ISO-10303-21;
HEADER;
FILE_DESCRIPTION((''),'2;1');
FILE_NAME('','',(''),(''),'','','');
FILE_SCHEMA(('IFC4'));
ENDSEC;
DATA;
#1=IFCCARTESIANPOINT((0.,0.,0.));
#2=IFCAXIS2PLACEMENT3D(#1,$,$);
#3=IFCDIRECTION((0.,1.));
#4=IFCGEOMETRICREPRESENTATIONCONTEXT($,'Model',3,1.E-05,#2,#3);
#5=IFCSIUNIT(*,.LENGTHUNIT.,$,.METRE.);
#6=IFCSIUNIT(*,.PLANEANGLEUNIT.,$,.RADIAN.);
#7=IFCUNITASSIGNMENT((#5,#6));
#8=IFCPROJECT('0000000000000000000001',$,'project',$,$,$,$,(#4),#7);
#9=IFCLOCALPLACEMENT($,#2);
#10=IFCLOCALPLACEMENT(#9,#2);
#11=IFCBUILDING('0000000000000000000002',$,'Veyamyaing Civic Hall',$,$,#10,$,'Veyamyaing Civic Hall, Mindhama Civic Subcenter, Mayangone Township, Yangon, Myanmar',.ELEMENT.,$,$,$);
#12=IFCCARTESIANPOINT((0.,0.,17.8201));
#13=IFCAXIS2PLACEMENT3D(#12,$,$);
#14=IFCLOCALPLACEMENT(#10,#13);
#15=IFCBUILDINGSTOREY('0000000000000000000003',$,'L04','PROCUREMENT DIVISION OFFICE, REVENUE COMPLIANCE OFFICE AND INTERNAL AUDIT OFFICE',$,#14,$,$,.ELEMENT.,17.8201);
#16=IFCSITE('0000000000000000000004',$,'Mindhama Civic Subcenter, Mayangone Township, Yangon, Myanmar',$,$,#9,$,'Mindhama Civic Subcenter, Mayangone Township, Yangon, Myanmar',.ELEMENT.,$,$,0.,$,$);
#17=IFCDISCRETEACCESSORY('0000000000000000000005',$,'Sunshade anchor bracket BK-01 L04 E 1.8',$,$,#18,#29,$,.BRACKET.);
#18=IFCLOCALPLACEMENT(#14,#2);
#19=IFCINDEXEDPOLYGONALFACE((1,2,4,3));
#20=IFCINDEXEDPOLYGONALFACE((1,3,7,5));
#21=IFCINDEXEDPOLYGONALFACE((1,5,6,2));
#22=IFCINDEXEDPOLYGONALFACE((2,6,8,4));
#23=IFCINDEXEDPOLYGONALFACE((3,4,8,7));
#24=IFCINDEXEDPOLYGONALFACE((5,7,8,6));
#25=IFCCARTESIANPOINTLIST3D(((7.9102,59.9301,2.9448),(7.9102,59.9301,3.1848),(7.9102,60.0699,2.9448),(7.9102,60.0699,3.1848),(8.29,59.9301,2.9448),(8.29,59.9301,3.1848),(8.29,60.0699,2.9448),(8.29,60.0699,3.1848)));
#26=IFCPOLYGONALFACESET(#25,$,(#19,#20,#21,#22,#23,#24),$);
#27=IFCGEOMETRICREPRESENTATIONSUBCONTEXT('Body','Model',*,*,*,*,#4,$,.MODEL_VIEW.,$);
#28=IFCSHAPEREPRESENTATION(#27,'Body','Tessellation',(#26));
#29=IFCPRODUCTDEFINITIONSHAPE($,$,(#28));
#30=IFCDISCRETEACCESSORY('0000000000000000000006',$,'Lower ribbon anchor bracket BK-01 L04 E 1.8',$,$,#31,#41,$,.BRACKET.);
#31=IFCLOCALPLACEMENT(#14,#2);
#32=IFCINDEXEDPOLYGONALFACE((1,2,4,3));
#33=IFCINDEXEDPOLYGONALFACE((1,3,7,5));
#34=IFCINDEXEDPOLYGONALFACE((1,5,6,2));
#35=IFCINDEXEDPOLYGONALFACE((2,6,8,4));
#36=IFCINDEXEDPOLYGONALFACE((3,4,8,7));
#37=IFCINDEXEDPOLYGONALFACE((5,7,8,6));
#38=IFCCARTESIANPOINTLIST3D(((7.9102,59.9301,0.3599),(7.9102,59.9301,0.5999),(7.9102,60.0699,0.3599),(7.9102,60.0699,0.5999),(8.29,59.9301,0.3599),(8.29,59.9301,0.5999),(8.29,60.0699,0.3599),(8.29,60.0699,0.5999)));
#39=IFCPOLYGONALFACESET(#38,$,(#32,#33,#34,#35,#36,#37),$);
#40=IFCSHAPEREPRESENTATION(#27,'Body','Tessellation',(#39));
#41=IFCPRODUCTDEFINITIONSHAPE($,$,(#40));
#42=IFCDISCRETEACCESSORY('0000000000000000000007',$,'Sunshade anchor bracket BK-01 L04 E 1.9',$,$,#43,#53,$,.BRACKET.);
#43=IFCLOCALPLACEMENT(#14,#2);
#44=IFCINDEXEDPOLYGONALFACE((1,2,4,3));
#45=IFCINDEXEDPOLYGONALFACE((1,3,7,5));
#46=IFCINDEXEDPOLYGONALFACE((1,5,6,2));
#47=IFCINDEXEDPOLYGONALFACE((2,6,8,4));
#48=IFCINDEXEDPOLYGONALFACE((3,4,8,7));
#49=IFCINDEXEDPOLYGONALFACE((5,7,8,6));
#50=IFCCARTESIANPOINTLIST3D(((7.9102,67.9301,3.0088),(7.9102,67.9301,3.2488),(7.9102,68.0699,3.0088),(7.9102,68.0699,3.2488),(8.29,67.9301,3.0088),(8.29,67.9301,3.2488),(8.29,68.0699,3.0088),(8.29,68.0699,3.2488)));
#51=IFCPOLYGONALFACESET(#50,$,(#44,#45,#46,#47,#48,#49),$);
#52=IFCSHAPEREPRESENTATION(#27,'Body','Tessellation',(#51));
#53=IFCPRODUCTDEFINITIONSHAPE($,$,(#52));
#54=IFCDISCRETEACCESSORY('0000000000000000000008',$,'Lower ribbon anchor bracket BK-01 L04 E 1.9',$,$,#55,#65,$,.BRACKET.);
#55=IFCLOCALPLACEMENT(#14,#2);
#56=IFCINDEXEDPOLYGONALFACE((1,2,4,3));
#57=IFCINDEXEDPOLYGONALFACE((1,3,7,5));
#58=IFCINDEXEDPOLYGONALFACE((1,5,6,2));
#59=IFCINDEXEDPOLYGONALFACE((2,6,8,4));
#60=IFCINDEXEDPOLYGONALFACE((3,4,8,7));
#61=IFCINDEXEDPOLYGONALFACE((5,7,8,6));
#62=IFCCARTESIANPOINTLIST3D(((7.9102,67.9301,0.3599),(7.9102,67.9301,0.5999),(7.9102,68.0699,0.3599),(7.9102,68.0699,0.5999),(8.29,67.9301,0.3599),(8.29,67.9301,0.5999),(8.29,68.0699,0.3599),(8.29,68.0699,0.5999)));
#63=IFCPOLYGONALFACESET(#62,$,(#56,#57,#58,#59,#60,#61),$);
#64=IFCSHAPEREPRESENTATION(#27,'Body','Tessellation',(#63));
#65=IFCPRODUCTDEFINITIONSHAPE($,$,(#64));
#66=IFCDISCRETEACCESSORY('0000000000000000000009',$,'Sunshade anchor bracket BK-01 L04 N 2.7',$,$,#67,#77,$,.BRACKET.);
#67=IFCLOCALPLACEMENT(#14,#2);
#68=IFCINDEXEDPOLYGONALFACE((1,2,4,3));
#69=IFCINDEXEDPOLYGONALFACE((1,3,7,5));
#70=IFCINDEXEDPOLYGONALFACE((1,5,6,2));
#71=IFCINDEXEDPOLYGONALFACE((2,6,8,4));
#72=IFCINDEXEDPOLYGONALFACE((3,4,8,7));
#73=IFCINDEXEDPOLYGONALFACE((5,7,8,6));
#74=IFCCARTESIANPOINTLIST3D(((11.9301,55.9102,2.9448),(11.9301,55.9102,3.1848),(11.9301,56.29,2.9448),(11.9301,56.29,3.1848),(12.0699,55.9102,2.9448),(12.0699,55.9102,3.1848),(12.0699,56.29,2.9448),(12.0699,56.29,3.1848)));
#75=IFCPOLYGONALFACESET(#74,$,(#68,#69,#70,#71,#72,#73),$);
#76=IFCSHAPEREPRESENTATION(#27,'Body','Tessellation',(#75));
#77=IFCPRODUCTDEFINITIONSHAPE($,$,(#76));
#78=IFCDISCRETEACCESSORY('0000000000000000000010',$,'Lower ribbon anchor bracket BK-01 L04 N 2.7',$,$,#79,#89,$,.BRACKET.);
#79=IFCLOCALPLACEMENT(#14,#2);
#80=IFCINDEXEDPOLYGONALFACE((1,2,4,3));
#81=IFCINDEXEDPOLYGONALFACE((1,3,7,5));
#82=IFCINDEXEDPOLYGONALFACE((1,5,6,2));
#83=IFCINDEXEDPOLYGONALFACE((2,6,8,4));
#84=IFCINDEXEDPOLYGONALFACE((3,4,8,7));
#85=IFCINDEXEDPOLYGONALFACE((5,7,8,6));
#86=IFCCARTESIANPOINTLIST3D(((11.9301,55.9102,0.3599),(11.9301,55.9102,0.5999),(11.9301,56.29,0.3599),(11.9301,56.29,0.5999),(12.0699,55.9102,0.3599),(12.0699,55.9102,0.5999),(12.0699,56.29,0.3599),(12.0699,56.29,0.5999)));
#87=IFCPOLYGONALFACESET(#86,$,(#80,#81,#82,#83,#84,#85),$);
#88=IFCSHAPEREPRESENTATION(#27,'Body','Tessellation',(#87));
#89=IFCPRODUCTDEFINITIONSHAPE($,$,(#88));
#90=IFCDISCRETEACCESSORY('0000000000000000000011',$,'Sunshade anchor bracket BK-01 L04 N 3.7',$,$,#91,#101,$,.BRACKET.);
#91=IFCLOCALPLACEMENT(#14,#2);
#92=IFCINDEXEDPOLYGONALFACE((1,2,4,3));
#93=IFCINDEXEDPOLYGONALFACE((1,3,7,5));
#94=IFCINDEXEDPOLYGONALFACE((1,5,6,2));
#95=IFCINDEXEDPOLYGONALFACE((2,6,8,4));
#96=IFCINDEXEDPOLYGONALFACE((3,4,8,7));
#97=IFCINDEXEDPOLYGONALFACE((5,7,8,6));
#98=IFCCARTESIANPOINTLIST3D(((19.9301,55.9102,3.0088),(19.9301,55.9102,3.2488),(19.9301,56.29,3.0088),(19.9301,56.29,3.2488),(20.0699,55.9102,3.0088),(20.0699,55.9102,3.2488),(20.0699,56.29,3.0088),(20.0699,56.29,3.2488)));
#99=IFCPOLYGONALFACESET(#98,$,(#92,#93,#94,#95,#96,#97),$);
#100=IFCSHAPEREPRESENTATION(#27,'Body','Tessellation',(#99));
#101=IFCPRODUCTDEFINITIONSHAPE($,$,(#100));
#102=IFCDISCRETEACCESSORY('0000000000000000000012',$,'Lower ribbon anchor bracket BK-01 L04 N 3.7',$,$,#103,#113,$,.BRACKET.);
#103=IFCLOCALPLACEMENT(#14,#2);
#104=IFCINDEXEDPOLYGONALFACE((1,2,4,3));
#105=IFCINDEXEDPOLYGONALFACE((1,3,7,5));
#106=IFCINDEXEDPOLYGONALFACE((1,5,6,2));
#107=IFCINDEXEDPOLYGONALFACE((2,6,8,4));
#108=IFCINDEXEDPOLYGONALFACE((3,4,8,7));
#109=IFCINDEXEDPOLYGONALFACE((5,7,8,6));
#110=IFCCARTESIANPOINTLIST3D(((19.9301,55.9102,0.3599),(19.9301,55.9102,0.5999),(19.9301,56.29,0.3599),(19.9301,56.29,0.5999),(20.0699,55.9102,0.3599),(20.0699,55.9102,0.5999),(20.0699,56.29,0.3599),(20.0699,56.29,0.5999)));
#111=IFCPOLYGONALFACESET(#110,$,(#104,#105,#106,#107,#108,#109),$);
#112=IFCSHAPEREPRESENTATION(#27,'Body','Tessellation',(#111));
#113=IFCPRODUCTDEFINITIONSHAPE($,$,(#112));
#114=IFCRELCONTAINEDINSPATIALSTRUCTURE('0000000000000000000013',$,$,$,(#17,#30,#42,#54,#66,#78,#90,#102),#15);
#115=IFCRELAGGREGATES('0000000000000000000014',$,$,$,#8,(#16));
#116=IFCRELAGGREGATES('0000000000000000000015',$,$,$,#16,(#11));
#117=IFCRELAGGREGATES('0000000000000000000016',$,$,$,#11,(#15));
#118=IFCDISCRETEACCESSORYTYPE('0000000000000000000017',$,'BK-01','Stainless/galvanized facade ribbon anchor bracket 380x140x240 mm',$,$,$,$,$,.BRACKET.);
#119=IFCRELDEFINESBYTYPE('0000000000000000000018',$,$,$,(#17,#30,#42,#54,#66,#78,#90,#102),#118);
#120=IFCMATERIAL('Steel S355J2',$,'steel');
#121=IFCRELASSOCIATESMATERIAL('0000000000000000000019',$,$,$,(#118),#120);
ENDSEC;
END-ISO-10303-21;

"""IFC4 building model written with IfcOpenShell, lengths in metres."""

from ifc_helpers import new_model, si_unit, direction, frame, origin, origin_2d, place, context, subcontext, project, spatial, rectangle, extrude, material, type_object, element, save


model = new_model("IFC4")

# Units and contexts
model_context = context("Model", 3, precision=1e-05, world=origin(), true_north=direction((0.0, 1.0)))
body_context = subcontext(model_context, "Body", "Model", "MODEL_VIEW")
ifc_project = project(units=[si_unit("LENGTHUNIT", "METRE"), si_unit("PLANEANGLEUNIT", "RADIAN")], contexts=[model_context])

# Site, building, storey
site_placement = place(None, origin())
site = spatial("IfcSite", under=ifc_project, at=site_placement, Name="Mindhama Civic Subcenter, Mayangone Township, Yangon, Myanmar", LongName="Mindhama Civic Subcenter, Mayangone Township, Yangon, Myanmar", CompositionType="ELEMENT", RefElevation=0.0)
building_placement = place(site_placement, origin())
building = spatial("IfcBuilding", under=site, at=building_placement, Name="Veyamyaing Civic Hall", LongName="Veyamyaing Civic Hall, Mindhama Civic Subcenter, Mayangone Township, Yangon, Myanmar", CompositionType="ELEMENT")
storey_placement = place(building_placement, frame((0.0, 0.0, 17.8201)))
storey = spatial("IfcBuildingStorey", under=building, at=storey_placement, Name="L04", Description="PROCUREMENT DIVISION OFFICE, REVENUE COMPLIANCE OFFICE AND INTERNAL AUDIT OFFICE", CompositionType="ELEMENT", Elevation=17.8201)

# Discrete accessories
ifc_material_1 = material(Name="Steel S355J2", Category="steel")
discrete_accessory_type = type_object("IfcDiscreteAccessoryType", Name="BK-01", Description="Stainless/galvanized facade ribbon anchor bracket 380x140x240 mm", PredefinedType="BRACKET", material=ifc_material_1)
for number, where, z_axis, x_axis, name in (
    (1, (8.1001, 60.0, 2.9448), (0.0, 0.0, 1.0), (1.0, 0.0, 0.0), "Sunshade anchor bracket BK-01 L04 E 1.8"),
    (2, (8.1001, 60.0, 0.3599), (0.0, 0.0, 1.0), (1.0, 0.0, 0.0), "Lower ribbon anchor bracket BK-01 L04 E 1.8"),
    (3, (8.1001, 68.0, 3.0088), (0.0, 0.0, 1.0), (1.0, 0.0, 0.0), "Sunshade anchor bracket BK-01 L04 E 1.9"),
    (4, (8.1001, 68.0, 0.3599), (0.0, 0.0, 1.0), (1.0, 0.0, 0.0), "Lower ribbon anchor bracket BK-01 L04 E 1.9"),
    (5, (12.0, 56.1001, 2.9448), (0.0, 0.0, 1.0), (0.0, 1.0, 0.0), "Sunshade anchor bracket BK-01 L04 N 2.7"),
    (6, (12.0, 56.1001, 0.3599), (0.0, 0.0, 1.0), (0.0, 1.0, 0.0), "Lower ribbon anchor bracket BK-01 L04 N 2.7"),
    (7, (20.0, 56.1001, 3.0088), (0.0, 0.0, 1.0), (0.0, 1.0, 0.0), "Sunshade anchor bracket BK-01 L04 N 3.7"),
    (8, (20.0, 56.1001, 0.3599), (0.0, 0.0, 1.0), (0.0, 1.0, 0.0), "Lower ribbon anchor bracket BK-01 L04 N 3.7"),
):
    element("IfcDiscreteAccessory", number, at=place(storey_placement, frame(where, z_axis=z_axis, x_axis=x_axis)), inside=storey, type_object=discrete_accessory_type, Name=name, PredefinedType="BRACKET", context=body_context, shape_type="SweptSolid", body=[
        extrude(rectangle(XDim=0.3799, YDim=0.1399, at=origin_2d()), origin(), (0.0, 0.0, 1.0), 0.24),
    ])

save(model, "model.ifc")
